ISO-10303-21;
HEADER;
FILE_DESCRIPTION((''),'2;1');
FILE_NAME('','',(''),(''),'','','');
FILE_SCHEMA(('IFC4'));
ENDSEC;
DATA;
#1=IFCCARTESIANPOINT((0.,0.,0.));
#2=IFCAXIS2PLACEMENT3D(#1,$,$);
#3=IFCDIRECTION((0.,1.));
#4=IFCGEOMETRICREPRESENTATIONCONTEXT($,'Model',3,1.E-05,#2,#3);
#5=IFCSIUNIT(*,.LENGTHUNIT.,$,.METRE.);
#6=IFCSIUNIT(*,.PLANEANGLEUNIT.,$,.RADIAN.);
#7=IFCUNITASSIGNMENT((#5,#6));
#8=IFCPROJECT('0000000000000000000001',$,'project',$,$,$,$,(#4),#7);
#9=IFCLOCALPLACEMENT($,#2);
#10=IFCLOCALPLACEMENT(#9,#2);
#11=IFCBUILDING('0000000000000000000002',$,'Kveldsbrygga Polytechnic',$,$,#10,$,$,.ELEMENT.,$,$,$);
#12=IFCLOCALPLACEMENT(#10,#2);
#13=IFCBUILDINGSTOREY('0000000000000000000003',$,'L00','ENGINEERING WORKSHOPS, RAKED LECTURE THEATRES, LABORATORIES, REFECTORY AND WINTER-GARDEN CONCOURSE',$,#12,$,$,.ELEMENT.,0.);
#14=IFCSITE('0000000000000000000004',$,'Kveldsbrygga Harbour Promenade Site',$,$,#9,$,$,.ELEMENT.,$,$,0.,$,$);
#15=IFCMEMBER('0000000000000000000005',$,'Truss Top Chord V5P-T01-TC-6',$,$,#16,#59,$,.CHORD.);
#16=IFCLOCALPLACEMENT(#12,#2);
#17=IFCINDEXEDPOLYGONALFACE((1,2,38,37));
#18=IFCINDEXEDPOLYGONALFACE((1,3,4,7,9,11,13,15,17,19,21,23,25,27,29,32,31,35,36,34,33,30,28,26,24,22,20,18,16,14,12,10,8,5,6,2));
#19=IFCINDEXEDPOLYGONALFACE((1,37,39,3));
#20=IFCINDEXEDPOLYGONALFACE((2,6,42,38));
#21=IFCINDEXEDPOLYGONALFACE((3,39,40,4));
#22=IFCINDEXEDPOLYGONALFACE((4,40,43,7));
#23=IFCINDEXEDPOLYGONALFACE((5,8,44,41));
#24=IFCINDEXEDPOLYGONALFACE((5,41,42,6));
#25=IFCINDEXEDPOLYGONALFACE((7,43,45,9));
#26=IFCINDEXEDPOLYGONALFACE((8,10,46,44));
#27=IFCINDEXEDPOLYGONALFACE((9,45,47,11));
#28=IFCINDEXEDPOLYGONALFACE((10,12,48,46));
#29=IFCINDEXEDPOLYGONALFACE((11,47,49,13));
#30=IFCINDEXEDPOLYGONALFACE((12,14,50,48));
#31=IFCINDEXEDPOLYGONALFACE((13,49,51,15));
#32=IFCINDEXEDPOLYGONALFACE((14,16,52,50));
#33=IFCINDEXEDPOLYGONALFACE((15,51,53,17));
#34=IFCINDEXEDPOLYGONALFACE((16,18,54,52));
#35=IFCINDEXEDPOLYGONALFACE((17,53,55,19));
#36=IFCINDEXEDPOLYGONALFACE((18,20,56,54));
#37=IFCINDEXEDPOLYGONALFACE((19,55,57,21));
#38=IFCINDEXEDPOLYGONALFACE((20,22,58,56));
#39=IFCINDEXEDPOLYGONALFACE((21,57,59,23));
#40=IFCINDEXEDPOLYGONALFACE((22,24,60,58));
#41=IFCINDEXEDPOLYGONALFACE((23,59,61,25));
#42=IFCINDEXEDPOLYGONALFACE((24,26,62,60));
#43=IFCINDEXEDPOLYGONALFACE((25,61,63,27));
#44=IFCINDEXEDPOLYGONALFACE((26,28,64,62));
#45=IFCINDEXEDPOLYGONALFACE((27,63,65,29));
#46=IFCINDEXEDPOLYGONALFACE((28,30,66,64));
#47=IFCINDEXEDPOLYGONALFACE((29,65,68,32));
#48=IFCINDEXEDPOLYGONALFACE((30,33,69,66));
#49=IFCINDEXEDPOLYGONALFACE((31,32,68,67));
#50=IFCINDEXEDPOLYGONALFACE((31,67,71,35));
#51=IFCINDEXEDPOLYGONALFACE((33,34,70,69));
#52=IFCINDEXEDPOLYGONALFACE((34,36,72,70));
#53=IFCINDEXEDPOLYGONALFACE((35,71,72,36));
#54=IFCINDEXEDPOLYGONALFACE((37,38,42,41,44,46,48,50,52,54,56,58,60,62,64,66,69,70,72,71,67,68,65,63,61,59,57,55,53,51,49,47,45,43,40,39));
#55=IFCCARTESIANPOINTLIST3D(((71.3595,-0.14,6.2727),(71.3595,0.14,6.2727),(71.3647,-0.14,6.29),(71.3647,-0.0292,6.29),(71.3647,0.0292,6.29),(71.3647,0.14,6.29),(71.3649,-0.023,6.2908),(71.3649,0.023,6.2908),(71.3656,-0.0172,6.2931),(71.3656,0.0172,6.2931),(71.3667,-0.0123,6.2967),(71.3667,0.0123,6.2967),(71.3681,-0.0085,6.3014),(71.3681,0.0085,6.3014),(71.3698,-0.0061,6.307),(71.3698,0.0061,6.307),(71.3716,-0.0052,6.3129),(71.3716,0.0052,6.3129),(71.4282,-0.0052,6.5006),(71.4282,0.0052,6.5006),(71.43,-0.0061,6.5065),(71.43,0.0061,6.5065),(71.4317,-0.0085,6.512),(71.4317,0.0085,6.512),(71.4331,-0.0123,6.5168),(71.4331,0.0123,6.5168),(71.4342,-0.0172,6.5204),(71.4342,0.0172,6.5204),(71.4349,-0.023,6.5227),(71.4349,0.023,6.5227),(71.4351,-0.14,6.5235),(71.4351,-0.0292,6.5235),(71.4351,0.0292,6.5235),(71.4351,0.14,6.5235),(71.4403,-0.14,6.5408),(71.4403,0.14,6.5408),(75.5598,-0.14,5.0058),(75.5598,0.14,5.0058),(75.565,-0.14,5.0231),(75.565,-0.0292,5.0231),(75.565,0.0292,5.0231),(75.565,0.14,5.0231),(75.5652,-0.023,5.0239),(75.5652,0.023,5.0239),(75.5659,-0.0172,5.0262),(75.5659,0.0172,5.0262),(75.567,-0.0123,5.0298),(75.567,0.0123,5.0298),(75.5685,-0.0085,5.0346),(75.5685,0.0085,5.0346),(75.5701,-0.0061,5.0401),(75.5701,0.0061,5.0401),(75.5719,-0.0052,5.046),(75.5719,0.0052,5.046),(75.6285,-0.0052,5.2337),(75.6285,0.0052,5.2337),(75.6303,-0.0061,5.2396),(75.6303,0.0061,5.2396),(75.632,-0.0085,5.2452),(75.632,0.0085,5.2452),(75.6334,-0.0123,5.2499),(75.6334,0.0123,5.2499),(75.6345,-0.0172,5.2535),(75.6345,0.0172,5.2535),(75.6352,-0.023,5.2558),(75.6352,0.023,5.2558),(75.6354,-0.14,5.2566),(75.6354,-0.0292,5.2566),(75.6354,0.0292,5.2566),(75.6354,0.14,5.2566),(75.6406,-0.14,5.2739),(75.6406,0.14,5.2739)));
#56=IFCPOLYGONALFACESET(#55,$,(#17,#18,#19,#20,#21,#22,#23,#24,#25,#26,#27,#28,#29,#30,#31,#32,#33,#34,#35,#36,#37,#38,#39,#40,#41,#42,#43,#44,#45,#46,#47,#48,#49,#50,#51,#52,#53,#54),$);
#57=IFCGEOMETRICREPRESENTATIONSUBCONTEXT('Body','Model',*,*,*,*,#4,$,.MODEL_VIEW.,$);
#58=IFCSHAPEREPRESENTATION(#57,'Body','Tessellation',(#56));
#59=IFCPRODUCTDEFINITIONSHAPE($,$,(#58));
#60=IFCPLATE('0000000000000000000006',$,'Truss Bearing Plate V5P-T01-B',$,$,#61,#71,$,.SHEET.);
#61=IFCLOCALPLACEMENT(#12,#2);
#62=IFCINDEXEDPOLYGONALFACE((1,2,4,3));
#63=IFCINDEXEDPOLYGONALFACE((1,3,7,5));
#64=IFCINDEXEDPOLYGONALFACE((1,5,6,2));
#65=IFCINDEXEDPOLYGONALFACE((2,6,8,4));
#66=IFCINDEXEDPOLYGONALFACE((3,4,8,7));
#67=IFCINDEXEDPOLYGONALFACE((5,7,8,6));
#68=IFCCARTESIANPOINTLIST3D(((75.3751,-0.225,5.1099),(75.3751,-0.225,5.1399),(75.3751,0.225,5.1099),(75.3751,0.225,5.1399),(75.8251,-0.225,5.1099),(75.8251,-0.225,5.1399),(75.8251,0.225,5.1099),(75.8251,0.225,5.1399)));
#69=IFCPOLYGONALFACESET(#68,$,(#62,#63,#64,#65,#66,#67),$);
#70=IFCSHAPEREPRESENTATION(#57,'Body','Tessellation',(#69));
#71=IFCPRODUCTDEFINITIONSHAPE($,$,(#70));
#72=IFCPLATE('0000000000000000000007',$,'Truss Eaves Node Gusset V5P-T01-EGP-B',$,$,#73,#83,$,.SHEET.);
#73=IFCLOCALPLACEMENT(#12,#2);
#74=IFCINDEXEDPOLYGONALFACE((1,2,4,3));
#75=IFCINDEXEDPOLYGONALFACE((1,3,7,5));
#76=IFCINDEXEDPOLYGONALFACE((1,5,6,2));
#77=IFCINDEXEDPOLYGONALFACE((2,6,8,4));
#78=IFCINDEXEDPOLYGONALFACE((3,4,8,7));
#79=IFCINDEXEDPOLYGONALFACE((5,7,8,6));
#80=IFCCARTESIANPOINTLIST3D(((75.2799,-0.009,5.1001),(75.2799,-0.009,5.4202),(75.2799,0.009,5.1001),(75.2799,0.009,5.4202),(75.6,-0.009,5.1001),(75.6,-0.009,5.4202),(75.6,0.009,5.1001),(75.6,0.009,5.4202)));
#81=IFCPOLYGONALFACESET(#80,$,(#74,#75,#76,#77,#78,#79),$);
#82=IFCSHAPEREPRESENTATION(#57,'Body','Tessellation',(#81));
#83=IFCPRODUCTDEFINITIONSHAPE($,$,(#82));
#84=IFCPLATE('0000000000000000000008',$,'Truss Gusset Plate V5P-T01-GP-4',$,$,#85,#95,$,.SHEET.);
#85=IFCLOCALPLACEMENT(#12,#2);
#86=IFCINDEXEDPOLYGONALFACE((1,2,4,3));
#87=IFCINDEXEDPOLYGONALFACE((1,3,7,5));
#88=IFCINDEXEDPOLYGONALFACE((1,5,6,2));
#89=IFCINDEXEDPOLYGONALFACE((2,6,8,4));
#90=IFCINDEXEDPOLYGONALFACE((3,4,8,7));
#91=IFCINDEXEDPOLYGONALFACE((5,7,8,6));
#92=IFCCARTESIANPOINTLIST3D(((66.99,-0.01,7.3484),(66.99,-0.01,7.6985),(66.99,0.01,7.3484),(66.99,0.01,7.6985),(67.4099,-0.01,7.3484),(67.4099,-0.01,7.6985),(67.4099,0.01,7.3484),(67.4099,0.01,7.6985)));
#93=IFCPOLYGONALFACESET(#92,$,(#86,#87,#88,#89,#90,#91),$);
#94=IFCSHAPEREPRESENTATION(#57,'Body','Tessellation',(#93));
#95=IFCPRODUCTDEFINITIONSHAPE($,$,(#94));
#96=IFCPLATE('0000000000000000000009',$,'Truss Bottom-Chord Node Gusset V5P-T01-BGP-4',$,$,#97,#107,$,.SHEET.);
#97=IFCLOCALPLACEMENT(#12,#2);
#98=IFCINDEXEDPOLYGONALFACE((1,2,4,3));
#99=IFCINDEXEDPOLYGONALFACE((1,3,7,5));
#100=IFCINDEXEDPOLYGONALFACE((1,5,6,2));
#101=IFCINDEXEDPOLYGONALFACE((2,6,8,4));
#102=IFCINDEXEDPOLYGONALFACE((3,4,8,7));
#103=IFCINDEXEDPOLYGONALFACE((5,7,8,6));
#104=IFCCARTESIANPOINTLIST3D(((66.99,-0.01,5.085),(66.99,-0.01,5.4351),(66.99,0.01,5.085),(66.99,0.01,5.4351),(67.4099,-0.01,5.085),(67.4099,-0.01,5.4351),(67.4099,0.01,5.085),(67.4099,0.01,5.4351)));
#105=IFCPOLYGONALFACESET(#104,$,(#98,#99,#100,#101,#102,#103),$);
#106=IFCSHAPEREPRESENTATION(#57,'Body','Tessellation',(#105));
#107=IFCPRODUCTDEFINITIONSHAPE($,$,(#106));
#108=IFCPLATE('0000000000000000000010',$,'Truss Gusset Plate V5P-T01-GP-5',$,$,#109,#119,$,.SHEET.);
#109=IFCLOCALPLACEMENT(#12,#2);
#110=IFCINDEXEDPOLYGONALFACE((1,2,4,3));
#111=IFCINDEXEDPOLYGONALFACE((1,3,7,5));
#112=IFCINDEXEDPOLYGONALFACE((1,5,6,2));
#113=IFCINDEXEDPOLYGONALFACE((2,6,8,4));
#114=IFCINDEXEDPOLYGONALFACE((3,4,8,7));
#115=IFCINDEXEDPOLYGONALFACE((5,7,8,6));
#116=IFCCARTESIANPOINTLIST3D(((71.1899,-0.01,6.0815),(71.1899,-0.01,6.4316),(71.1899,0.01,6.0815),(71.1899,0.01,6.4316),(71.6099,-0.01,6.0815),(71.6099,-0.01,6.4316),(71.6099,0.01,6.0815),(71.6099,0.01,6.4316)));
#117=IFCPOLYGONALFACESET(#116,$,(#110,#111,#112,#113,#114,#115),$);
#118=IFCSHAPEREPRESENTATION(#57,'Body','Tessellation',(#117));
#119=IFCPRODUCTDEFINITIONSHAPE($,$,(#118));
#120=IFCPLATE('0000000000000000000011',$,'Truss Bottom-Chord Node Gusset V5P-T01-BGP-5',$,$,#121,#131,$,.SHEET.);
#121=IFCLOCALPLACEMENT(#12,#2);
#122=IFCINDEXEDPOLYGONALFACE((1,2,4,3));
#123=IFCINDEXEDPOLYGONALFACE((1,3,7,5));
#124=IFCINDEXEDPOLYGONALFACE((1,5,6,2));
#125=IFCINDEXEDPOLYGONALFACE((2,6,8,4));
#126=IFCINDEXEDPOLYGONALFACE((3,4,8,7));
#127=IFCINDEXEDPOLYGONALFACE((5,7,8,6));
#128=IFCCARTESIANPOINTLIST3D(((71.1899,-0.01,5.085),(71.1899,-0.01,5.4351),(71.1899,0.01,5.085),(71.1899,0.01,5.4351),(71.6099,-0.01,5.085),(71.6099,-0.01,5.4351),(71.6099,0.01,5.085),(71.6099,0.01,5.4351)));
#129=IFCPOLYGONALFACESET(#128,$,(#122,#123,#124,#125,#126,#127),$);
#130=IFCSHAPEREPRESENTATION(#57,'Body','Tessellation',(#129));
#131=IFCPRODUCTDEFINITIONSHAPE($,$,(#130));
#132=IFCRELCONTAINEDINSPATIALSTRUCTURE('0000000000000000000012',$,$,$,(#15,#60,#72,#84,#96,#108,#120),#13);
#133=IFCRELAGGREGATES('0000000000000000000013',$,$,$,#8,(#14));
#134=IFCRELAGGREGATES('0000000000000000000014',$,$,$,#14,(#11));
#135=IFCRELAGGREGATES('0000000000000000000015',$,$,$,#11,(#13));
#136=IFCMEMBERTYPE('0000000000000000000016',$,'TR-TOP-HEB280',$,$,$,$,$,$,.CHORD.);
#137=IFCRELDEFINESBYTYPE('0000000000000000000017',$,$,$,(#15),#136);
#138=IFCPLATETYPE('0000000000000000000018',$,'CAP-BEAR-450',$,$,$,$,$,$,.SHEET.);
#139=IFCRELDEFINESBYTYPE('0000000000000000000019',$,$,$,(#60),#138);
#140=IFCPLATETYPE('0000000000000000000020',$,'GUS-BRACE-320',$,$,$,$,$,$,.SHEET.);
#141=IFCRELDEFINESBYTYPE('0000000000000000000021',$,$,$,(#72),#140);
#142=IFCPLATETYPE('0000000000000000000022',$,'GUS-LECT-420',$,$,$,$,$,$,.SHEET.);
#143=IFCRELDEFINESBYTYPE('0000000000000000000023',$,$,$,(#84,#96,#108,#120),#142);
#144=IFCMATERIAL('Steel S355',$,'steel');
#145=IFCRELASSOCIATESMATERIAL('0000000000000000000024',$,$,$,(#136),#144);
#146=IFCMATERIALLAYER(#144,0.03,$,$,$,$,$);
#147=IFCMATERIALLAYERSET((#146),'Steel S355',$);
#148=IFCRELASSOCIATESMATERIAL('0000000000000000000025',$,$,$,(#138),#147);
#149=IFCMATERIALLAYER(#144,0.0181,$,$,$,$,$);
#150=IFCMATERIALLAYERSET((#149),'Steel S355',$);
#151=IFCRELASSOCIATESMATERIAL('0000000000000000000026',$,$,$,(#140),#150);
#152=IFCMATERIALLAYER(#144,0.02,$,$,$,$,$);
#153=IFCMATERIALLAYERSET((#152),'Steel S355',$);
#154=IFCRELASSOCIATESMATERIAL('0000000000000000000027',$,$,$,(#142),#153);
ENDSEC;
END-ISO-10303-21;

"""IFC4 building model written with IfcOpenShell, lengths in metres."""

from ifc_helpers import new_model, si_unit, direction, frame, origin, origin_2d, place, context, subcontext, project, spatial, rectangle, i_section, extrude, material, layer, layer_set, material_profile, profile_set, type_object, element, save


model = new_model("IFC4")

# Units and contexts
model_context = context("Model", 3, precision=1e-05, world=origin(), true_north=direction((0.0, 1.0)))
body_context = subcontext(model_context, "Body", "Model", "MODEL_VIEW")
ifc_project = project(units=[si_unit("LENGTHUNIT", "METRE"), si_unit("PLANEANGLEUNIT", "RADIAN")], contexts=[model_context])

# Site, building, storey
site_placement = place(None, origin())
site = spatial("IfcSite", under=ifc_project, at=site_placement, Name="Kveldsbrygga Harbour Promenade Site", CompositionType="ELEMENT", RefElevation=0.0)
building_placement = place(site_placement, origin())
building = spatial("IfcBuilding", under=site, at=building_placement, Name="Kveldsbrygga Polytechnic", CompositionType="ELEMENT")
storey_placement = place(building_placement, origin())
storey = spatial("IfcBuildingStorey", under=building, at=storey_placement, Name="L00", Description="ENGINEERING WORKSHOPS, RAKED LECTURE THEATRES, LABORATORIES, REFECTORY AND WINTER-GARDEN CONCOURSE", CompositionType="ELEMENT", Elevation=0.0)

# Shared definitions
ifc_material_1 = material(Name="Steel S355", Category="steel")

# Member
ifc_material_profile_1 = material_profile(ifc_material_1, i_section(OverallWidth=0.28, OverallDepth=0.28, WebThickness=0.0105, FlangeThickness=0.0181, FilletRadius=0.0239, at=origin_2d()), Name="HEB 280")
ifc_profile_set_1 = profile_set([ifc_material_profile_1], Name="Steel S355")
member_type_1 = type_object("IfcMemberType", Name="TR-TOP-HEB280", PredefinedType="CHORD", material=ifc_profile_set_1)
member_1_placement = place(storey_placement, frame((71.3999, 0.0, 6.4067), z_axis=(0.957399, 0.0, -0.288767), x_axis=(0.0, 1.0, 0.0)))
element("IfcMember", 1, at=member_1_placement, inside=storey, type_object=member_type_1, Name="Truss Top Chord V5P-T01-TC-6", PredefinedType="CHORD", context=body_context, shape_type="SweptSolid", body=[
    extrude(i_section(OverallWidth=0.28, OverallDepth=0.28, WebThickness=0.0105, FlangeThickness=0.0181, FilletRadius=0.0239, at=origin_2d()), origin(), (0.0, 0.0, 1.0), 4.3872),
])

# Plates
ifc_layer_1 = layer(ifc_material_1, 0.03)
ifc_layer_set_1 = layer_set([ifc_layer_1], Name="Steel S355")
plate_type_1 = type_object("IfcPlateType", Name="CAP-BEAR-450", PredefinedType="SHEET", material=ifc_layer_set_1)
plate_1_placement = place(storey_placement, frame((75.6001, 0.0, 5.1099), z_axis=(0.0, 0.0, 1.0), x_axis=(1.0, 0.0, 0.0)))
element("IfcPlate", 2, at=plate_1_placement, inside=storey, type_object=plate_type_1, Name="Truss Bearing Plate V5P-T01-B", PredefinedType="SHEET", context=body_context, shape_type="SweptSolid", body=[
    extrude(rectangle(XDim=0.45, YDim=0.45, at=origin_2d()), origin(), (0.0, 0.0, 1.0), 0.03),
])
ifc_layer_2 = layer(ifc_material_1, 0.0181)
ifc_layer_set_2 = layer_set([ifc_layer_2], Name="Steel S355")
plate_type_2 = type_object("IfcPlateType", Name="GUS-BRACE-320", PredefinedType="SHEET", material=ifc_layer_set_2)
plate_2_placement = place(storey_placement, frame((75.4399, 0.0, 5.1001), z_axis=(0.0, 0.0, 1.0), x_axis=(1.0, 0.0, 0.0)))
element("IfcPlate", 3, at=plate_2_placement, inside=storey, type_object=plate_type_2, Name="Truss Eaves Node Gusset V5P-T01-EGP-B", PredefinedType="SHEET", context=body_context, shape_type="SweptSolid", body=[
    extrude(rectangle(XDim=0.3201, YDim=0.0181, at=origin_2d()), origin(), (0.0, 0.0, 1.0), 0.3201),
])
ifc_layer_3 = layer(ifc_material_1, 0.02)
ifc_layer_set_3 = layer_set([ifc_layer_3], Name="Steel S355")
plate_type_3 = type_object("IfcPlateType", Name="GUS-LECT-420", PredefinedType="SHEET", material=ifc_layer_set_3)
for number, where, z_axis, x_axis, name in (
    (4, (67.2, 0.0, 7.3484), (0.0, 0.0, 1.0), (1.0, 0.0, 0.0), "Truss Gusset Plate V5P-T01-GP-4"),
    (5, (67.2, 0.0, 5.085), (0.0, 0.0, 1.0), (1.0, 0.0, 0.0), "Truss Bottom-Chord Node Gusset V5P-T01-BGP-4"),
    (6, (71.3999, 0.0, 6.0815), (0.0, 0.0, 1.0), (1.0, 0.0, 0.0), "Truss Gusset Plate V5P-T01-GP-5"),
    (7, (71.3999, 0.0, 5.085), (0.0, 0.0, 1.0), (1.0, 0.0, 0.0), "Truss Bottom-Chord Node Gusset V5P-T01-BGP-5"),
):
    element("IfcPlate", number, at=place(storey_placement, frame(where, z_axis=z_axis, x_axis=x_axis)), inside=storey, type_object=plate_type_3, Name=name, PredefinedType="SHEET", context=body_context, shape_type="SweptSolid", body=[
        extrude(rectangle(XDim=0.4199, YDim=0.02, at=origin_2d()), origin(), (0.0, 0.0, 1.0), 0.3501),
    ])

save(model, "model.ifc")
